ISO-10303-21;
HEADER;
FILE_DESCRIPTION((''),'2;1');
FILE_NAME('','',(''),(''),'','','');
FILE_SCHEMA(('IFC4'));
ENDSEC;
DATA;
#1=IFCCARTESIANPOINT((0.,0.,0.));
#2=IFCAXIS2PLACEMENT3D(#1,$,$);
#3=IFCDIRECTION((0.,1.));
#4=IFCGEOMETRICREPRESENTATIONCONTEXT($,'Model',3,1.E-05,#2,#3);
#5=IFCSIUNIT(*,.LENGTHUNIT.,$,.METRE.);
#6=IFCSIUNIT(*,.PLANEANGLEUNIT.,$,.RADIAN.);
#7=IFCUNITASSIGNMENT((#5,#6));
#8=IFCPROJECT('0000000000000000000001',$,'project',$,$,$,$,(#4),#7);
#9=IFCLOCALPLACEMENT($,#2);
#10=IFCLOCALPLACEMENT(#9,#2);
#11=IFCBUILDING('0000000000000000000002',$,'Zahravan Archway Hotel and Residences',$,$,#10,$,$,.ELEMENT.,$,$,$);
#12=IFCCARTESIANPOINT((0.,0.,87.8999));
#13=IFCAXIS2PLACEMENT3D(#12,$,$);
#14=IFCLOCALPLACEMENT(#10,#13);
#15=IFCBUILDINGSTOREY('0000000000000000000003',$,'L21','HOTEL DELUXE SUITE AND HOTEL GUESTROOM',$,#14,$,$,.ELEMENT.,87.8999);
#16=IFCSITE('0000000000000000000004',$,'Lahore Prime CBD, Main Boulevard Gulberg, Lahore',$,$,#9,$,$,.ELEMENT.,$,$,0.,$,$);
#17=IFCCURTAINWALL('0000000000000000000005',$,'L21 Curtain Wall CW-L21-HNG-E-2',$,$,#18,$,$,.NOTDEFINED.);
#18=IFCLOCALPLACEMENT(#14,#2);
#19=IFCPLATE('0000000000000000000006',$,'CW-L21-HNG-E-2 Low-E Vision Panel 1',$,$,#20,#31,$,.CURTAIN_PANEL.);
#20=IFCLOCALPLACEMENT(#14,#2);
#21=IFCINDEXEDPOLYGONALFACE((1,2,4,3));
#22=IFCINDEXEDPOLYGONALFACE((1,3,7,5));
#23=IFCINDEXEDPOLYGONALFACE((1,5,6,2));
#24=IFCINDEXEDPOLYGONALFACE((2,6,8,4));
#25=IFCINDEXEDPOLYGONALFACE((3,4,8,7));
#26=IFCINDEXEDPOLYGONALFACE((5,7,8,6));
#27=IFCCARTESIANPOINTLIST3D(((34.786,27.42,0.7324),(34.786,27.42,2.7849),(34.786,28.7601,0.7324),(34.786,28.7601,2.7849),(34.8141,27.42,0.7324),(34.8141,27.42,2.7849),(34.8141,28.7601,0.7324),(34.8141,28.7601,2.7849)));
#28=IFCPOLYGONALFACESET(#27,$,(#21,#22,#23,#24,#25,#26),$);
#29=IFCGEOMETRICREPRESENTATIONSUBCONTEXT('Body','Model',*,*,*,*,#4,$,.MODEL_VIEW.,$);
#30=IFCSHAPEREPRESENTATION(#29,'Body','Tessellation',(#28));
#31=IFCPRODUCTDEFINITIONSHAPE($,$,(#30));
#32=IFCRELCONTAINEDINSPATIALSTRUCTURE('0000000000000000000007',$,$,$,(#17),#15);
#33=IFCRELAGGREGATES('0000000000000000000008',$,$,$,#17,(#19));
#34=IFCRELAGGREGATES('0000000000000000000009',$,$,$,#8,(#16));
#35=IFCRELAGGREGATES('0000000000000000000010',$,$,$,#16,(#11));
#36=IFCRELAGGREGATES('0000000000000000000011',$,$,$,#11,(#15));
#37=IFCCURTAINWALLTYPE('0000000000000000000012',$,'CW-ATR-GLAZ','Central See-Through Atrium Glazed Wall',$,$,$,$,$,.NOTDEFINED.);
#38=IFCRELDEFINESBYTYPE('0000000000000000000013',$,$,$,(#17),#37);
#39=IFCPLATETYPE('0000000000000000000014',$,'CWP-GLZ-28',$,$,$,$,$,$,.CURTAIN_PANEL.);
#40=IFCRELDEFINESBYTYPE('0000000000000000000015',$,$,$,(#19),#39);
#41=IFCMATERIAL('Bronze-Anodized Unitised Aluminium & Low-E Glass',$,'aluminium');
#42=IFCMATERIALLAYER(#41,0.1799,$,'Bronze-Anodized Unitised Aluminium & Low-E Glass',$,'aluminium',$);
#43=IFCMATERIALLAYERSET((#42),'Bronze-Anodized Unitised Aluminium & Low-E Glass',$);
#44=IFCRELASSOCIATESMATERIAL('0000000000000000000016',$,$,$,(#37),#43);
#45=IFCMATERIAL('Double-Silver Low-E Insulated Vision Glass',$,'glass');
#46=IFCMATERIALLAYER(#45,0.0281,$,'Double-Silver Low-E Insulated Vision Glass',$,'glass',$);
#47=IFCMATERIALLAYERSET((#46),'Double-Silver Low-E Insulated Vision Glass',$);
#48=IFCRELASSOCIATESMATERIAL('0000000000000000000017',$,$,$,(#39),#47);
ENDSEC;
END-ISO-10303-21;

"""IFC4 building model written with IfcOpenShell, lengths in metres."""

from ifc_helpers import new_model, si_unit, direction, frame, origin, origin_2d, place, context, subcontext, project, spatial, rectangle, extrude, source, transform, mapped, material, layer, layer_set, type_object, element, aggregate, save


model = new_model("IFC4")

# Units and contexts
model_context = context("Model", 3, precision=1e-05, world=origin(), true_north=direction((0.0, 1.0)))
body_context = subcontext(model_context, "Body", "Model", "MODEL_VIEW")
ifc_project = project(units=[si_unit("LENGTHUNIT", "METRE"), si_unit("PLANEANGLEUNIT", "RADIAN")], contexts=[model_context])

# Site, building, storey
site_placement = place(None, origin())
site = spatial("IfcSite", under=ifc_project, at=site_placement, Name="Lahore Prime CBD, Main Boulevard Gulberg, Lahore", CompositionType="ELEMENT", RefElevation=0.0)
building_placement = place(site_placement, origin())
building = spatial("IfcBuilding", under=site, at=building_placement, Name="Zahravan Archway Hotel and Residences", CompositionType="ELEMENT")
storey_placement = place(building_placement, frame((0.0, 0.0, 87.8999)))
storey = spatial("IfcBuildingStorey", under=building, at=storey_placement, Name="L21", Description="HOTEL DELUXE SUITE AND HOTEL GUESTROOM", CompositionType="ELEMENT", Elevation=87.8999)

# Curtain wall, plate
ifc_material_1 = material(Name="Bronze-Anodized Unitised Aluminium & Low-E Glass", Category="aluminium")
ifc_layer_1 = layer(ifc_material_1, 0.1799, Name="Bronze-Anodized Unitised Aluminium & Low-E Glass", Category="aluminium")
ifc_layer_set_1 = layer_set([ifc_layer_1], Name="Bronze-Anodized Unitised Aluminium & Low-E Glass")
curtain_wall_type = type_object("IfcCurtainWallType", Name="CW-ATR-GLAZ", Description="Central See-Through Atrium Glazed Wall", PredefinedType="NOTDEFINED", material=ifc_layer_set_1)
curtain_wall_placement = place(storey_placement, origin())
curtain_wall = element("IfcCurtainWall", 1, at=curtain_wall_placement, inside=storey, type_object=curtain_wall_type, Name="L21 Curtain Wall CW-L21-HNG-E-2", PredefinedType="NOTDEFINED")
ifc_material_2 = material(Name="Double-Silver Low-E Insulated Vision Glass", Category="glass")
ifc_layer_2 = layer(ifc_material_2, 0.0281, Name="Double-Silver Low-E Insulated Vision Glass", Category="glass")
ifc_layer_set_2 = layer_set([ifc_layer_2], Name="Double-Silver Low-E Insulated Vision Glass")
plate_type_1 = type_object("IfcPlateType", Name="CWP-GLZ-28", PredefinedType="CURTAIN_PANEL", material=ifc_layer_set_2)
shared_shape_1 = source(origin(), body_context, "Body", "SweptSolid", [
    extrude(rectangle(XDim=1.3401, YDim=0.0281, at=origin_2d()), origin(), (0.0, 0.0, 1.0), 2.0525),
])
plate_1_placement = place(storey_placement, frame((34.8, 28.0901, 0.7324), z_axis=(0.0, 0.0, 1.0), x_axis=(0.0, 1.0, 0.0)))
plate_1 = element("IfcPlate", 2, at=plate_1_placement, type_object=plate_type_1, Name="CW-L21-HNG-E-2 Low-E Vision Panel 1", PredefinedType="CURTAIN_PANEL", context=body_context, shape_type="MappedRepresentation", body=[
    mapped(shared_shape_1, transform((0.0, 0.0, 0.0), scale=1.0)),
])
aggregate(curtain_wall, [plate_1])

save(model, "model.ifc")
